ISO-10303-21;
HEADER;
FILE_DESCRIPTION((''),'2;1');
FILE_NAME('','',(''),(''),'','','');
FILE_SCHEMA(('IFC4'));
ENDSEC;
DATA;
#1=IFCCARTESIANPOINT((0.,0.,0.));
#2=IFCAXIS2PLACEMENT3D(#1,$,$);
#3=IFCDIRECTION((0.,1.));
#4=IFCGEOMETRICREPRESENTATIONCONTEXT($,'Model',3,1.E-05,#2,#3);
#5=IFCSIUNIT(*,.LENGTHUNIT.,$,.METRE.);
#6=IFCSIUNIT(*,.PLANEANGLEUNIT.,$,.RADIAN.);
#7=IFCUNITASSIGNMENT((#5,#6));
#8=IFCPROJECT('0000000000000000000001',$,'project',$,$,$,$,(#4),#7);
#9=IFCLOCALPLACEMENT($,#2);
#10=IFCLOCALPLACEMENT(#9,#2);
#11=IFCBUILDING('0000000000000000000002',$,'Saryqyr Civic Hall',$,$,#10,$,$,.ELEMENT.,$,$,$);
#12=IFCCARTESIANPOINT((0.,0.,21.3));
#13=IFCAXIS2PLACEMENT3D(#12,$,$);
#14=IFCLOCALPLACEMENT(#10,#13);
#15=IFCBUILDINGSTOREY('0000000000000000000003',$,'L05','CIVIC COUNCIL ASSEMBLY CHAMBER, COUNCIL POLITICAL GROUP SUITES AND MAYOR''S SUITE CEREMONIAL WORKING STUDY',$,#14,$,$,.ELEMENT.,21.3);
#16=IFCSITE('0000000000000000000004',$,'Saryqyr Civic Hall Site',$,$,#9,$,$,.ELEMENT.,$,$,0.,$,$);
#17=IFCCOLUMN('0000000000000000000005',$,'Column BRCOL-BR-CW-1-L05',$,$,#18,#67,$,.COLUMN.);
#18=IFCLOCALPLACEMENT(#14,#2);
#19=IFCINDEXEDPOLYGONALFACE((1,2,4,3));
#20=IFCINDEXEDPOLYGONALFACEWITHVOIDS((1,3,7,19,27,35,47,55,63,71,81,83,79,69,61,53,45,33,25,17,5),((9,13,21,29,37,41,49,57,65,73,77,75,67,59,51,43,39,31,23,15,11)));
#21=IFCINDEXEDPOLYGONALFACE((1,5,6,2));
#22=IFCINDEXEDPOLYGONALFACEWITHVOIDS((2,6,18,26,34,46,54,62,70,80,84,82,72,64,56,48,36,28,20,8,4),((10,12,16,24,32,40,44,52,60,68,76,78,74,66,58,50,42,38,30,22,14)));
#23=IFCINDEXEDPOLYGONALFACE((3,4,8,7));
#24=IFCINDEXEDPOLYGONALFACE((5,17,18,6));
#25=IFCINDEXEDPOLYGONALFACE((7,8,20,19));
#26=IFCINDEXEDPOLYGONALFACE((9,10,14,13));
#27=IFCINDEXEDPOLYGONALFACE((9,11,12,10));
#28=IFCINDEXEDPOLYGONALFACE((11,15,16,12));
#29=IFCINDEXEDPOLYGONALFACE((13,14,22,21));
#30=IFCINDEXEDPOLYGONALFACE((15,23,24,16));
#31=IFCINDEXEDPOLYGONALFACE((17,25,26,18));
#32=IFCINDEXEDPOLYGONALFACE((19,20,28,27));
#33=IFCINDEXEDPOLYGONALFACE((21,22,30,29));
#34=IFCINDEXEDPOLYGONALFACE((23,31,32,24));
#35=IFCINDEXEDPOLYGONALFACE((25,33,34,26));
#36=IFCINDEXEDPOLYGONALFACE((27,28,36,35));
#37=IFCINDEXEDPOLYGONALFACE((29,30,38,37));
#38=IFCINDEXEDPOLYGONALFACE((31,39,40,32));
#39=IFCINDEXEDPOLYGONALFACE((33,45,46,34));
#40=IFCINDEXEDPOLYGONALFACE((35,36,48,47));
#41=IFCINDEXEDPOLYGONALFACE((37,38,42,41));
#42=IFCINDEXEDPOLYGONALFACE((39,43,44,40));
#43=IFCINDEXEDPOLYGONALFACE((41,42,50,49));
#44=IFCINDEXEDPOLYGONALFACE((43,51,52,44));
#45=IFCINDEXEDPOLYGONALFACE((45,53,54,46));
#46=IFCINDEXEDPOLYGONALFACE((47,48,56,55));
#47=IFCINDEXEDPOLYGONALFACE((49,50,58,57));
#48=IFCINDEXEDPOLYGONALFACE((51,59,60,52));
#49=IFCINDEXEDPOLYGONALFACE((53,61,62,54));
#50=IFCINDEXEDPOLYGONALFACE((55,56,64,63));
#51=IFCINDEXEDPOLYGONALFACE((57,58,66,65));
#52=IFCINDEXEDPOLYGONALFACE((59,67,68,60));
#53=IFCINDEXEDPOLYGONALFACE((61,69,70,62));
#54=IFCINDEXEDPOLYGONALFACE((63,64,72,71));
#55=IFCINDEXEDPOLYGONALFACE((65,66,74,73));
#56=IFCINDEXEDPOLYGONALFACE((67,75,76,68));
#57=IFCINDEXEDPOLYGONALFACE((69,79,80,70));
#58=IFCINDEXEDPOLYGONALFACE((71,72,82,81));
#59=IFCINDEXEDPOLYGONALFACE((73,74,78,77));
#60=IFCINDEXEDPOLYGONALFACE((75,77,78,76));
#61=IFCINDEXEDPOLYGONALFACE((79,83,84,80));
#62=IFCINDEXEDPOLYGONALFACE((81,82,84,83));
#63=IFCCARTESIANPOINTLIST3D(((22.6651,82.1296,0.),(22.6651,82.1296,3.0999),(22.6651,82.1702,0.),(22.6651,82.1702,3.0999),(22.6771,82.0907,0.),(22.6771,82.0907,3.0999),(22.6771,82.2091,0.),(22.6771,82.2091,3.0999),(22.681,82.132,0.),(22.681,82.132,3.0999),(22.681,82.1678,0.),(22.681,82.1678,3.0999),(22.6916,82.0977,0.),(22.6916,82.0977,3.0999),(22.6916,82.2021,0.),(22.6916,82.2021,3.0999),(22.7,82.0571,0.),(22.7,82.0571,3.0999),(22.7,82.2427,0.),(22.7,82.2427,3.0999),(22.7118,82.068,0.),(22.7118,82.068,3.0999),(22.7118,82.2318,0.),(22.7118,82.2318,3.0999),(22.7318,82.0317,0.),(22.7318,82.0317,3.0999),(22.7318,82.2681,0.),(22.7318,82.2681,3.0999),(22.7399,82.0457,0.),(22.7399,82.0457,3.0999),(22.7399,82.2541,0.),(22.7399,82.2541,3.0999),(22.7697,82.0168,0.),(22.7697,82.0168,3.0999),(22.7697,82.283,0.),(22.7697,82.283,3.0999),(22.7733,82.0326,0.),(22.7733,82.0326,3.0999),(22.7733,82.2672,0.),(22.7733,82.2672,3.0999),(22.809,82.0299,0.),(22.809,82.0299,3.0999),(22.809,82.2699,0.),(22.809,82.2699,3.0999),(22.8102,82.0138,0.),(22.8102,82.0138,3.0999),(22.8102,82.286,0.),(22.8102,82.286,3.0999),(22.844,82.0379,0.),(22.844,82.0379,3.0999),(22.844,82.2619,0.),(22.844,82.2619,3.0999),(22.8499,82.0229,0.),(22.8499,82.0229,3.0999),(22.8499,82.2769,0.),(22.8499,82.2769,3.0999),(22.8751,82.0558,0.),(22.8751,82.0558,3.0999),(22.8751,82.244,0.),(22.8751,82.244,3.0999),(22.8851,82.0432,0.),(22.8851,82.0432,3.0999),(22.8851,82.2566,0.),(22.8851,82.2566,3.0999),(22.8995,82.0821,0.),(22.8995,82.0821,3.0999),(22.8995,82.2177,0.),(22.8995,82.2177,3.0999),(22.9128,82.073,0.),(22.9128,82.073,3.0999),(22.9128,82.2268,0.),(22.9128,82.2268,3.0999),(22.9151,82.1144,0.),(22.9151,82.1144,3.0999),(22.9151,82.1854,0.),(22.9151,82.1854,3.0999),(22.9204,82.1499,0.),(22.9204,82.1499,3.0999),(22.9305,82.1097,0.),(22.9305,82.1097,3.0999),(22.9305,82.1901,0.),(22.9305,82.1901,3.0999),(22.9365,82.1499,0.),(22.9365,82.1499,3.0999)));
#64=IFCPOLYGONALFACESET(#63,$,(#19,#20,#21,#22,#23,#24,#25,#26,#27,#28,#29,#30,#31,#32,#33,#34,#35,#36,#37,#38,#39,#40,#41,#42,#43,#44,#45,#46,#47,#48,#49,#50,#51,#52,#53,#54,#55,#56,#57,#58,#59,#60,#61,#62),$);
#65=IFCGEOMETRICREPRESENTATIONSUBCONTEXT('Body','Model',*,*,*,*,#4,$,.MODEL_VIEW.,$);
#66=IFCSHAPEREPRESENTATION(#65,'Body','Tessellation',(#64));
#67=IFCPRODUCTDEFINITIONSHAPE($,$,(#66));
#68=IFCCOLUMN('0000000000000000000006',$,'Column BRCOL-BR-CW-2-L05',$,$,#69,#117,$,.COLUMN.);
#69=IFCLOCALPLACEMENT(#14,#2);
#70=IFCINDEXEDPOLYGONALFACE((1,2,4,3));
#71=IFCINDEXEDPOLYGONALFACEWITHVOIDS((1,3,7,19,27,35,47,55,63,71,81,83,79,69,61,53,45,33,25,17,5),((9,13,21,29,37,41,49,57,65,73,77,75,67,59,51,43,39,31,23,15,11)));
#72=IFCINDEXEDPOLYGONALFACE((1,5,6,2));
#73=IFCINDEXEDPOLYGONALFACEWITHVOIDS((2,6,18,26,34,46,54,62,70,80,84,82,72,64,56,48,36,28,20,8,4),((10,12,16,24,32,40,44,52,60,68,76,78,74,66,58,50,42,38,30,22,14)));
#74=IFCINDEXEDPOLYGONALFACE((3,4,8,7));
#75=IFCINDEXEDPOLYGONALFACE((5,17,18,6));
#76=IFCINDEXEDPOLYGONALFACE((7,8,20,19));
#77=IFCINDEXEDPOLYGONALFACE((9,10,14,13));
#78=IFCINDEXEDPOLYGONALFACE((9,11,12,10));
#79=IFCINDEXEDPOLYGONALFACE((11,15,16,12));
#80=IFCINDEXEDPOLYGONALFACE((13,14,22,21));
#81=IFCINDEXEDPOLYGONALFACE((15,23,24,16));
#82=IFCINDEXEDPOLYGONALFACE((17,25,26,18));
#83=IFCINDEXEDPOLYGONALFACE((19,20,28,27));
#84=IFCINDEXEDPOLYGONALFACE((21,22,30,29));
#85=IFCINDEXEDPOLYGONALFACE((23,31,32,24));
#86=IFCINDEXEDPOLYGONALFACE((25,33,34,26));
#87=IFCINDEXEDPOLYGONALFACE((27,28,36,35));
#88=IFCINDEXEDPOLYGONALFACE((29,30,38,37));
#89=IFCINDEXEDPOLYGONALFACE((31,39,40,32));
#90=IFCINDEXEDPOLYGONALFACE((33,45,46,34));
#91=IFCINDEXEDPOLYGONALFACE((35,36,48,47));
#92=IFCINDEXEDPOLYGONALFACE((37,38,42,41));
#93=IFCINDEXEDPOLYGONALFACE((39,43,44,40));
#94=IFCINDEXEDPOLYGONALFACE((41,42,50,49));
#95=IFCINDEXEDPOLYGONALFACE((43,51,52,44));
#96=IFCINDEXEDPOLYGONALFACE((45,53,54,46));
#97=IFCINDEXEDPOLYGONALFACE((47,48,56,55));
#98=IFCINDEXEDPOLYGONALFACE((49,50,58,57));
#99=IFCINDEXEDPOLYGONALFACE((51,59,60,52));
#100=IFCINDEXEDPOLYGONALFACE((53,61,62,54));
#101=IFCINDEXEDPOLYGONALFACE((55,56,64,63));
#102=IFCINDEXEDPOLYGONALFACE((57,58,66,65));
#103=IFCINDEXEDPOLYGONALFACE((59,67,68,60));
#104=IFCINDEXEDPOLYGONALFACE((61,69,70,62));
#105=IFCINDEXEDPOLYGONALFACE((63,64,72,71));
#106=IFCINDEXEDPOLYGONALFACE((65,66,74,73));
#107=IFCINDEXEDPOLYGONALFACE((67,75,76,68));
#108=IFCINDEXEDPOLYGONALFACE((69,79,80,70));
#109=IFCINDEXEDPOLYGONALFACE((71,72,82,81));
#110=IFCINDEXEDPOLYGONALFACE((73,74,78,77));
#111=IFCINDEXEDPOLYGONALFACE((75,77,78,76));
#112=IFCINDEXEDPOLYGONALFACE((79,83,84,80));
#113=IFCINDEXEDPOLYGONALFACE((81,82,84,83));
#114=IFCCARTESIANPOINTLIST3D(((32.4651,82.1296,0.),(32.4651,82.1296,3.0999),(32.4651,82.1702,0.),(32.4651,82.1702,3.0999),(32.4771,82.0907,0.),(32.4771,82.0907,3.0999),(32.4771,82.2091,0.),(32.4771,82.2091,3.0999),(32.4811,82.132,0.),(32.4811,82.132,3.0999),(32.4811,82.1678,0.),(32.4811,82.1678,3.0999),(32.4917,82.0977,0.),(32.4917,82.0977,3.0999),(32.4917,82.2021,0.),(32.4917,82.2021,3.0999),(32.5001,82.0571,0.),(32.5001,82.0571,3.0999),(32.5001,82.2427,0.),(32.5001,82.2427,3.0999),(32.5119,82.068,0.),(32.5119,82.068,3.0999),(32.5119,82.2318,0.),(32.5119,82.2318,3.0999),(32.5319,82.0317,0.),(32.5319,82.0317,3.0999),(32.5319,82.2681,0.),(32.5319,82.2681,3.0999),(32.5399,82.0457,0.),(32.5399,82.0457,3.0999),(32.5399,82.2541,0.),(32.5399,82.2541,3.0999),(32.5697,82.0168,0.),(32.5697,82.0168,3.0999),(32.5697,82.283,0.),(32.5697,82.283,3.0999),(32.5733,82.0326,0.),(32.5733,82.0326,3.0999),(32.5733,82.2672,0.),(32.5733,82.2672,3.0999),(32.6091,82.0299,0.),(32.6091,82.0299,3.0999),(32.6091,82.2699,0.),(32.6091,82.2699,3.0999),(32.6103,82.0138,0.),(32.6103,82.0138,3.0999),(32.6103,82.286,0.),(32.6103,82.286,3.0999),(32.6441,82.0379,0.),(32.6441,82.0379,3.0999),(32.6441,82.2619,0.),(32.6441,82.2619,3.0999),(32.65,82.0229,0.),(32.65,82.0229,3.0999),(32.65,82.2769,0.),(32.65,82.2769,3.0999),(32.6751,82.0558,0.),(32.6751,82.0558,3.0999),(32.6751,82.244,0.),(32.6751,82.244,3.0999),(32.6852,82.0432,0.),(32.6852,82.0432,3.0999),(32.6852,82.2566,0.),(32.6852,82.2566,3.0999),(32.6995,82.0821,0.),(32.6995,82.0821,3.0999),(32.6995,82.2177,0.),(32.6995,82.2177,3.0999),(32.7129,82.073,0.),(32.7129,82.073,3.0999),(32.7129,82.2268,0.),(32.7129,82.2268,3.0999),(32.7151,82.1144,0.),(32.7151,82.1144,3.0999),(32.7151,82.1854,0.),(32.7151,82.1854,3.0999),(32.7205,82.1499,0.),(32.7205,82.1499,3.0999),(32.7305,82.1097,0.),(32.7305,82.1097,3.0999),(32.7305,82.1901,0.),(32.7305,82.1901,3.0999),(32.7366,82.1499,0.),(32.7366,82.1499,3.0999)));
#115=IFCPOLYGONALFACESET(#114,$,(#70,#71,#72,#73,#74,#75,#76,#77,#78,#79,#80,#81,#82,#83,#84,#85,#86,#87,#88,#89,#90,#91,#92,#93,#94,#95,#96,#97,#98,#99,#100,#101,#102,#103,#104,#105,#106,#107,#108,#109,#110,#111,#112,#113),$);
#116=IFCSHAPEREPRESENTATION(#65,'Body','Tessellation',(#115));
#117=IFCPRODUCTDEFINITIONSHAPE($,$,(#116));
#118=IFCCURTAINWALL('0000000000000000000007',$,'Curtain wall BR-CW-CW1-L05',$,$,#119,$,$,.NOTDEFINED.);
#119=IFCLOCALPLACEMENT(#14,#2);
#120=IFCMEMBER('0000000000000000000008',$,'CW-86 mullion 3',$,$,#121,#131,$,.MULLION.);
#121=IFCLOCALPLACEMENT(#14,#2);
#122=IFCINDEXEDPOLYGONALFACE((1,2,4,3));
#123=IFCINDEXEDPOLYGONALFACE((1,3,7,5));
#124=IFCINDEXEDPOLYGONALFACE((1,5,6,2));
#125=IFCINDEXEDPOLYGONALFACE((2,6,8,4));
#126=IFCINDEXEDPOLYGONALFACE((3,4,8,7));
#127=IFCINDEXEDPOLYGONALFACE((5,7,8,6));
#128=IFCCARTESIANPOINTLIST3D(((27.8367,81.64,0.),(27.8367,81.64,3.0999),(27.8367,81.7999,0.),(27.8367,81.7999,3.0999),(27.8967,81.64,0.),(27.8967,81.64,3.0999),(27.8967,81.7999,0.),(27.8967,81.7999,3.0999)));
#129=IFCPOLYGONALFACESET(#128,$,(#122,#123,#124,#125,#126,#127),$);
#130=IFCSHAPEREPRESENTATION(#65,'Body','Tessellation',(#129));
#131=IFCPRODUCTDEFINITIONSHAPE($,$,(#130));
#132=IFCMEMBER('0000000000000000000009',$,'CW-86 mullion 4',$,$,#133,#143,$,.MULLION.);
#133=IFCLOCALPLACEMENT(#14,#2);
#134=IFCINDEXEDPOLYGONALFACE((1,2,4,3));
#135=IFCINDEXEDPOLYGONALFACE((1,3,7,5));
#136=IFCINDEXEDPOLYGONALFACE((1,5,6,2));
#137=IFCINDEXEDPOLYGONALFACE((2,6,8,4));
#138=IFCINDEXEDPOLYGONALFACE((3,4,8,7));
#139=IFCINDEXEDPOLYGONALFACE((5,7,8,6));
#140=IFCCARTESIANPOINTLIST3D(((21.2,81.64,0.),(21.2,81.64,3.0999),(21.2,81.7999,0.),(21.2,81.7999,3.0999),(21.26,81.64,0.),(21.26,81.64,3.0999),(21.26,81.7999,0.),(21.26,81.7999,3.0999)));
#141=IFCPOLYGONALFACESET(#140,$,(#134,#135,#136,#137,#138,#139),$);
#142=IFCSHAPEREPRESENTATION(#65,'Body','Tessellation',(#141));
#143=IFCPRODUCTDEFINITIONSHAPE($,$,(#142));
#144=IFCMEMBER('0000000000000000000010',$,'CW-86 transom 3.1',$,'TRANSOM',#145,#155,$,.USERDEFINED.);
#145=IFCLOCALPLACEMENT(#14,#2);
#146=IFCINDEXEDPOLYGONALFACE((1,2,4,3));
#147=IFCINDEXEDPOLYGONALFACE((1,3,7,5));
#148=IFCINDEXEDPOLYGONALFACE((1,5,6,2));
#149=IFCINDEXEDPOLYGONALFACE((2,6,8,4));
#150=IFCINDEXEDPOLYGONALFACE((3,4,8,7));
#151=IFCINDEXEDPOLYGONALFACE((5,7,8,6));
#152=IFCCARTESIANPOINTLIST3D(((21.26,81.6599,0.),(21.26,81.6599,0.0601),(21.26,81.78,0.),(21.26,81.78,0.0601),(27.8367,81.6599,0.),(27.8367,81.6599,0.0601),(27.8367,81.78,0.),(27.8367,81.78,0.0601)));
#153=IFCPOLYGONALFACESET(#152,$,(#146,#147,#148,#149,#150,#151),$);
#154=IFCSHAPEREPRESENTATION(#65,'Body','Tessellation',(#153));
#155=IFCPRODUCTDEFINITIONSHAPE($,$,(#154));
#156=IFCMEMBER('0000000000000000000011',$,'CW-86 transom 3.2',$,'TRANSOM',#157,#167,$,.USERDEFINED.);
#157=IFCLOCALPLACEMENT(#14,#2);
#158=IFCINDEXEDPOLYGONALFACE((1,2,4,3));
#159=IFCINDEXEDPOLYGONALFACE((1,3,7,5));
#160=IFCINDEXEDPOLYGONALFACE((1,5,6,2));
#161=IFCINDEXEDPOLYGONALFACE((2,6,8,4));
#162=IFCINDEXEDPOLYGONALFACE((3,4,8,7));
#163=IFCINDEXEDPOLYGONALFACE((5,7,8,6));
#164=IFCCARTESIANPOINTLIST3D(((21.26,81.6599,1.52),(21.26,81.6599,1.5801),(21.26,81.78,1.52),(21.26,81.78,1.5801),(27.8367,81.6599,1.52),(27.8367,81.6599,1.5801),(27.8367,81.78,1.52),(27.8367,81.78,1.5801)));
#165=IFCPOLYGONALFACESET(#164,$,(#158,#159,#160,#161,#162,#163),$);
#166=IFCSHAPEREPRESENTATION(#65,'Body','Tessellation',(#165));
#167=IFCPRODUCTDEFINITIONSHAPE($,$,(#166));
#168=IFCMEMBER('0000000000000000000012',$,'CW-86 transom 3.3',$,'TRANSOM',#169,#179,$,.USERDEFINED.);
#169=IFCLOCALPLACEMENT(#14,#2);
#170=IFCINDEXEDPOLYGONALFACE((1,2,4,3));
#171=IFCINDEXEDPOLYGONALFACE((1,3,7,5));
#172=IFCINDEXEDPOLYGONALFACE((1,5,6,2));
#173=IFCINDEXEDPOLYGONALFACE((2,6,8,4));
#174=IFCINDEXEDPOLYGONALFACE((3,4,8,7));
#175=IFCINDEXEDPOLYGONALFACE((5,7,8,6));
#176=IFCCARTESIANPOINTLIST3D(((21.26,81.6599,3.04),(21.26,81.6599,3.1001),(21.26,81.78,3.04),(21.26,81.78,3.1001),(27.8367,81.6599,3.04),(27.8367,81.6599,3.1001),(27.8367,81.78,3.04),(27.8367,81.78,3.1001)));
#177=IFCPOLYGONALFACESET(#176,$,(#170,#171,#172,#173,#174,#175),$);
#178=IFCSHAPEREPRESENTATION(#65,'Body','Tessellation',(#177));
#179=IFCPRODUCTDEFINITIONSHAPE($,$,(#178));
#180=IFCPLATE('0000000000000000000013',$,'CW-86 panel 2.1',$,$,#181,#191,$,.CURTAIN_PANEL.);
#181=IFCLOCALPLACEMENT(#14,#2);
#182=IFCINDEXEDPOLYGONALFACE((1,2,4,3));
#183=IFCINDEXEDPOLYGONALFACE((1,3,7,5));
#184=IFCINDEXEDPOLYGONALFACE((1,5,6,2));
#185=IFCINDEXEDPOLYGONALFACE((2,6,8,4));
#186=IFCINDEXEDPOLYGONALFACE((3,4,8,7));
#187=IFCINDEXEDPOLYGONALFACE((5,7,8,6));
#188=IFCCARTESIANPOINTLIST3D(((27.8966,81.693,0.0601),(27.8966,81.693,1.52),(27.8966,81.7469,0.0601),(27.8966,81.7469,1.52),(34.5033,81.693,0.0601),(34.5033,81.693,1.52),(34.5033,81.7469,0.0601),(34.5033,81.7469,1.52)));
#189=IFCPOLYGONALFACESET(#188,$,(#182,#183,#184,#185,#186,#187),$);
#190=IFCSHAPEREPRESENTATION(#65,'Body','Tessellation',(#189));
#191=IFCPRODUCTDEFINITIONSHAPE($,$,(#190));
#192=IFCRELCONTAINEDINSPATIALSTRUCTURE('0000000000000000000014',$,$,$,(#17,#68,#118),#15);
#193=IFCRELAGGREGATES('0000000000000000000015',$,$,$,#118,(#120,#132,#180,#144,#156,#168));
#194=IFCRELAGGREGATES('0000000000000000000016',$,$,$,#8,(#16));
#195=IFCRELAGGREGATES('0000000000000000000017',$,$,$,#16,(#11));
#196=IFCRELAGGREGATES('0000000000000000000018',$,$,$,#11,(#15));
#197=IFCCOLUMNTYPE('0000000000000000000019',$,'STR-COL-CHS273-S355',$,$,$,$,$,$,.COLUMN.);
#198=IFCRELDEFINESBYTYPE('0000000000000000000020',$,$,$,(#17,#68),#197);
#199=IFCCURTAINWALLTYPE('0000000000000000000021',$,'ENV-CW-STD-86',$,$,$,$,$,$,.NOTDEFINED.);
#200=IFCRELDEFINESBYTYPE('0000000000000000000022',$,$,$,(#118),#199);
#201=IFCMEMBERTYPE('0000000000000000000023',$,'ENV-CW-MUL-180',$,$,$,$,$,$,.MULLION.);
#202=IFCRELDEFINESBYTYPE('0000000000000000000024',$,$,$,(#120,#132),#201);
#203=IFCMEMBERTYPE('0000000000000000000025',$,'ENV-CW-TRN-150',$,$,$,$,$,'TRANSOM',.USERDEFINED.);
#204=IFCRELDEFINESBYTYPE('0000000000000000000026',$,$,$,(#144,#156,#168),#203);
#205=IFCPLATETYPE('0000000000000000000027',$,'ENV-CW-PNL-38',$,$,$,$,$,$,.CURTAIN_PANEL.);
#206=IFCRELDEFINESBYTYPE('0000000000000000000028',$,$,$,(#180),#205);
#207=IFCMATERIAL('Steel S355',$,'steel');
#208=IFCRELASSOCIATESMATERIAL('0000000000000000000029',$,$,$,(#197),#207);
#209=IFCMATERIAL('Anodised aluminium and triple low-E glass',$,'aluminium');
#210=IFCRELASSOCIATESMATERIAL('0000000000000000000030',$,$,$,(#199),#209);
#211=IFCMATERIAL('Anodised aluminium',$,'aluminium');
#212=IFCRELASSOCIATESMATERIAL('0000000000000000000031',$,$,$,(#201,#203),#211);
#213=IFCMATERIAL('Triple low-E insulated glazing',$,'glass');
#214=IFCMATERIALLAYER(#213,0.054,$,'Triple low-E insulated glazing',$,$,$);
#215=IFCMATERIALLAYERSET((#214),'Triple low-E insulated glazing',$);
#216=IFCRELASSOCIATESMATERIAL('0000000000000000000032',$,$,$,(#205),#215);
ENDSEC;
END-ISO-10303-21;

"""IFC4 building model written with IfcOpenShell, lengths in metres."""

from ifc_helpers import new_model, si_unit, direction, frame, origin, origin_2d, place, context, subcontext, project, spatial, rectangle, hollow_circle, extrude, material, layer, layer_set, material_profile, profile_set, type_object, element, aggregate, save


model = new_model("IFC4")

# Units and contexts
model_context = context("Model", 3, precision=1e-05, world=origin(), true_north=direction((0.0, 1.0)))
body_context = subcontext(model_context, "Body", "Model", "MODEL_VIEW")
ifc_project = project(units=[si_unit("LENGTHUNIT", "METRE"), si_unit("PLANEANGLEUNIT", "RADIAN")], contexts=[model_context])

# Site, building, storey
site_placement = place(None, origin())
site = spatial("IfcSite", under=ifc_project, at=site_placement, Name="Saryqyr Civic Hall Site", CompositionType="ELEMENT", RefElevation=0.0)
building_placement = place(site_placement, origin())
building = spatial("IfcBuilding", under=site, at=building_placement, Name="Saryqyr Civic Hall", CompositionType="ELEMENT")
storey_placement = place(building_placement, frame((0.0, 0.0, 21.3)))
storey = spatial("IfcBuildingStorey", under=building, at=storey_placement, Name="L05", Description="CIVIC COUNCIL ASSEMBLY CHAMBER, COUNCIL POLITICAL GROUP SUITES AND MAYOR'S SUITE CEREMONIAL WORKING STUDY", CompositionType="ELEMENT", Elevation=21.3)

# Columns
ifc_material_1 = material(Name="Steel S355", Category="steel")
ifc_material_profile_1 = material_profile(ifc_material_1, hollow_circle(Radius=0.1365, WallThickness=0.0161, at=origin_2d()), Name="CHS 273x16")
ifc_profile_set_1 = profile_set([ifc_material_profile_1], Name="Steel S355")
column_type = type_object("IfcColumnType", Name="STR-COL-CHS273-S355", PredefinedType="COLUMN", material=ifc_profile_set_1)
for number, where, z_axis, x_axis, name in (
    (1, (22.8, 82.1499, 0.0), (0.0, 0.0, 1.0), (1.0, 0.0, 0.0), "Column BRCOL-BR-CW-1-L05"),
    (2, (32.6001, 82.1499, 0.0), (0.0, 0.0, 1.0), (1.0, 0.0, 0.0), "Column BRCOL-BR-CW-2-L05"),
):
    element("IfcColumn", number, at=place(storey_placement, frame(where, z_axis=z_axis, x_axis=x_axis)), inside=storey, type_object=column_type, Name=name, PredefinedType="COLUMN", context=body_context, shape_type="SweptSolid", body=[
        extrude(hollow_circle(Radius=0.1365, WallThickness=0.0161, at=origin_2d()), origin(), (0.0, 0.0, 1.0), 3.0999),
    ])

# Curtain wall, members, plate
ifc_material_2 = material(Name="Anodised aluminium and triple low-E glass", Category="aluminium")
curtain_wall_type = type_object("IfcCurtainWallType", Name="ENV-CW-STD-86", PredefinedType="NOTDEFINED", material=ifc_material_2)
curtain_wall_placement = place(storey_placement, origin())
curtain_wall = element("IfcCurtainWall", 3, at=curtain_wall_placement, inside=storey, type_object=curtain_wall_type, Name="Curtain wall BR-CW-CW1-L05", PredefinedType="NOTDEFINED")
ifc_material_3 = material(Name="Anodised aluminium", Category="aluminium")
ifc_material_profile_2 = material_profile(ifc_material_3, rectangle(XDim=0.0601, YDim=0.1599, at=origin_2d()), Name="ALU MULLION 60x160")
ifc_profile_set_2 = profile_set([ifc_material_profile_2], Name="Anodised aluminium")
member_type_1 = type_object("IfcMemberType", Name="ENV-CW-MUL-180", PredefinedType="MULLION", material=ifc_profile_set_2)
member_1_placement = place(storey_placement, frame((27.8667, 81.72, 0.0), z_axis=(0.0, 0.0, 1.0), x_axis=(-1.0, 0.0, 0.0)))
member_1 = element("IfcMember", 4, at=member_1_placement, type_object=member_type_1, Name="CW-86 mullion 3", PredefinedType="MULLION", context=body_context, shape_type="SweptSolid", body=[
    extrude(rectangle(XDim=0.0601, YDim=0.1599, at=origin_2d()), origin(), (0.0, 0.0, 1.0), 3.0999),
])
member_2_placement = place(storey_placement, frame((21.23, 81.72, 0.0), z_axis=(0.0, 0.0, 1.0), x_axis=(-1.0, 0.0, 0.0)))
member_2 = element("IfcMember", 5, at=member_2_placement, type_object=member_type_1, Name="CW-86 mullion 4", PredefinedType="MULLION", context=body_context, shape_type="SweptSolid", body=[
    extrude(rectangle(XDim=0.0601, YDim=0.1599, at=origin_2d()), origin(), (0.0, 0.0, 1.0), 3.0999),
])
ifc_material_profile_3 = material_profile(ifc_material_3, rectangle(XDim=0.1201, YDim=0.0601, at=origin_2d()), Name="ALU TRANSOM 120x60")
ifc_profile_set_3 = profile_set([ifc_material_profile_3], Name="Anodised aluminium")
member_type_2 = type_object("IfcMemberType", Name="ENV-CW-TRN-150", ElementType="TRANSOM", PredefinedType="USERDEFINED", material=ifc_profile_set_3)
member_3_placement = place(storey_placement, frame((27.8367, 81.72, 0.03), z_axis=(-1.0, 0.0, 0.0), x_axis=(0.0, -1.0, 0.0)))
member_3 = element("IfcMember", 6, at=member_3_placement, type_object=member_type_2, Name="CW-86 transom 3.1", ObjectType="TRANSOM", PredefinedType="USERDEFINED", context=body_context, shape_type="SweptSolid", body=[
    extrude(rectangle(XDim=0.1201, YDim=0.0601, at=origin_2d()), origin(), (0.0, 0.0, 1.0), 6.5767),
])
member_4_placement = place(storey_placement, frame((27.8367, 81.72, 1.55), z_axis=(-1.0, 0.0, 0.0), x_axis=(0.0, -1.0, 0.0)))
member_4 = element("IfcMember", 7, at=member_4_placement, type_object=member_type_2, Name="CW-86 transom 3.2", ObjectType="TRANSOM", PredefinedType="USERDEFINED", context=body_context, shape_type="SweptSolid", body=[
    extrude(rectangle(XDim=0.1201, YDim=0.0601, at=origin_2d()), origin(), (0.0, 0.0, 1.0), 6.5767),
])
member_5_placement = place(storey_placement, frame((27.8367, 81.72, 3.0701), z_axis=(-1.0, 0.0, 0.0), x_axis=(0.0, -1.0, 0.0)))
member_5 = element("IfcMember", 8, at=member_5_placement, type_object=member_type_2, Name="CW-86 transom 3.3", ObjectType="TRANSOM", PredefinedType="USERDEFINED", context=body_context, shape_type="SweptSolid", body=[
    extrude(rectangle(XDim=0.1201, YDim=0.0601, at=origin_2d()), origin(), (0.0, 0.0, 1.0), 6.5767),
])
ifc_material_4 = material(Name="Triple low-E insulated glazing", Category="glass")
ifc_layer_1 = layer(ifc_material_4, 0.054, Name="Triple low-E insulated glazing")
ifc_layer_set_1 = layer_set([ifc_layer_1], Name="Triple low-E insulated glazing")
plate_type_1 = type_object("IfcPlateType", Name="ENV-CW-PNL-38", PredefinedType="CURTAIN_PANEL", material=ifc_layer_set_1)
plate_1_placement = place(storey_placement, frame((31.2, 81.72, 0.0601), z_axis=(0.0, 0.0, 1.0), x_axis=(-1.0, 0.0, 0.0)))
plate_1 = element("IfcPlate", 9, at=plate_1_placement, type_object=plate_type_1, Name="CW-86 panel 2.1", PredefinedType="CURTAIN_PANEL", context=body_context, shape_type="SweptSolid", body=[
    extrude(rectangle(XDim=6.6067, YDim=0.054, at=origin_2d()), origin(), (0.0, 0.0, 1.0), 1.46),
])
aggregate(curtain_wall, [member_1, member_2, plate_1, member_3, member_4, member_5])

save(model, "model.ifc")
